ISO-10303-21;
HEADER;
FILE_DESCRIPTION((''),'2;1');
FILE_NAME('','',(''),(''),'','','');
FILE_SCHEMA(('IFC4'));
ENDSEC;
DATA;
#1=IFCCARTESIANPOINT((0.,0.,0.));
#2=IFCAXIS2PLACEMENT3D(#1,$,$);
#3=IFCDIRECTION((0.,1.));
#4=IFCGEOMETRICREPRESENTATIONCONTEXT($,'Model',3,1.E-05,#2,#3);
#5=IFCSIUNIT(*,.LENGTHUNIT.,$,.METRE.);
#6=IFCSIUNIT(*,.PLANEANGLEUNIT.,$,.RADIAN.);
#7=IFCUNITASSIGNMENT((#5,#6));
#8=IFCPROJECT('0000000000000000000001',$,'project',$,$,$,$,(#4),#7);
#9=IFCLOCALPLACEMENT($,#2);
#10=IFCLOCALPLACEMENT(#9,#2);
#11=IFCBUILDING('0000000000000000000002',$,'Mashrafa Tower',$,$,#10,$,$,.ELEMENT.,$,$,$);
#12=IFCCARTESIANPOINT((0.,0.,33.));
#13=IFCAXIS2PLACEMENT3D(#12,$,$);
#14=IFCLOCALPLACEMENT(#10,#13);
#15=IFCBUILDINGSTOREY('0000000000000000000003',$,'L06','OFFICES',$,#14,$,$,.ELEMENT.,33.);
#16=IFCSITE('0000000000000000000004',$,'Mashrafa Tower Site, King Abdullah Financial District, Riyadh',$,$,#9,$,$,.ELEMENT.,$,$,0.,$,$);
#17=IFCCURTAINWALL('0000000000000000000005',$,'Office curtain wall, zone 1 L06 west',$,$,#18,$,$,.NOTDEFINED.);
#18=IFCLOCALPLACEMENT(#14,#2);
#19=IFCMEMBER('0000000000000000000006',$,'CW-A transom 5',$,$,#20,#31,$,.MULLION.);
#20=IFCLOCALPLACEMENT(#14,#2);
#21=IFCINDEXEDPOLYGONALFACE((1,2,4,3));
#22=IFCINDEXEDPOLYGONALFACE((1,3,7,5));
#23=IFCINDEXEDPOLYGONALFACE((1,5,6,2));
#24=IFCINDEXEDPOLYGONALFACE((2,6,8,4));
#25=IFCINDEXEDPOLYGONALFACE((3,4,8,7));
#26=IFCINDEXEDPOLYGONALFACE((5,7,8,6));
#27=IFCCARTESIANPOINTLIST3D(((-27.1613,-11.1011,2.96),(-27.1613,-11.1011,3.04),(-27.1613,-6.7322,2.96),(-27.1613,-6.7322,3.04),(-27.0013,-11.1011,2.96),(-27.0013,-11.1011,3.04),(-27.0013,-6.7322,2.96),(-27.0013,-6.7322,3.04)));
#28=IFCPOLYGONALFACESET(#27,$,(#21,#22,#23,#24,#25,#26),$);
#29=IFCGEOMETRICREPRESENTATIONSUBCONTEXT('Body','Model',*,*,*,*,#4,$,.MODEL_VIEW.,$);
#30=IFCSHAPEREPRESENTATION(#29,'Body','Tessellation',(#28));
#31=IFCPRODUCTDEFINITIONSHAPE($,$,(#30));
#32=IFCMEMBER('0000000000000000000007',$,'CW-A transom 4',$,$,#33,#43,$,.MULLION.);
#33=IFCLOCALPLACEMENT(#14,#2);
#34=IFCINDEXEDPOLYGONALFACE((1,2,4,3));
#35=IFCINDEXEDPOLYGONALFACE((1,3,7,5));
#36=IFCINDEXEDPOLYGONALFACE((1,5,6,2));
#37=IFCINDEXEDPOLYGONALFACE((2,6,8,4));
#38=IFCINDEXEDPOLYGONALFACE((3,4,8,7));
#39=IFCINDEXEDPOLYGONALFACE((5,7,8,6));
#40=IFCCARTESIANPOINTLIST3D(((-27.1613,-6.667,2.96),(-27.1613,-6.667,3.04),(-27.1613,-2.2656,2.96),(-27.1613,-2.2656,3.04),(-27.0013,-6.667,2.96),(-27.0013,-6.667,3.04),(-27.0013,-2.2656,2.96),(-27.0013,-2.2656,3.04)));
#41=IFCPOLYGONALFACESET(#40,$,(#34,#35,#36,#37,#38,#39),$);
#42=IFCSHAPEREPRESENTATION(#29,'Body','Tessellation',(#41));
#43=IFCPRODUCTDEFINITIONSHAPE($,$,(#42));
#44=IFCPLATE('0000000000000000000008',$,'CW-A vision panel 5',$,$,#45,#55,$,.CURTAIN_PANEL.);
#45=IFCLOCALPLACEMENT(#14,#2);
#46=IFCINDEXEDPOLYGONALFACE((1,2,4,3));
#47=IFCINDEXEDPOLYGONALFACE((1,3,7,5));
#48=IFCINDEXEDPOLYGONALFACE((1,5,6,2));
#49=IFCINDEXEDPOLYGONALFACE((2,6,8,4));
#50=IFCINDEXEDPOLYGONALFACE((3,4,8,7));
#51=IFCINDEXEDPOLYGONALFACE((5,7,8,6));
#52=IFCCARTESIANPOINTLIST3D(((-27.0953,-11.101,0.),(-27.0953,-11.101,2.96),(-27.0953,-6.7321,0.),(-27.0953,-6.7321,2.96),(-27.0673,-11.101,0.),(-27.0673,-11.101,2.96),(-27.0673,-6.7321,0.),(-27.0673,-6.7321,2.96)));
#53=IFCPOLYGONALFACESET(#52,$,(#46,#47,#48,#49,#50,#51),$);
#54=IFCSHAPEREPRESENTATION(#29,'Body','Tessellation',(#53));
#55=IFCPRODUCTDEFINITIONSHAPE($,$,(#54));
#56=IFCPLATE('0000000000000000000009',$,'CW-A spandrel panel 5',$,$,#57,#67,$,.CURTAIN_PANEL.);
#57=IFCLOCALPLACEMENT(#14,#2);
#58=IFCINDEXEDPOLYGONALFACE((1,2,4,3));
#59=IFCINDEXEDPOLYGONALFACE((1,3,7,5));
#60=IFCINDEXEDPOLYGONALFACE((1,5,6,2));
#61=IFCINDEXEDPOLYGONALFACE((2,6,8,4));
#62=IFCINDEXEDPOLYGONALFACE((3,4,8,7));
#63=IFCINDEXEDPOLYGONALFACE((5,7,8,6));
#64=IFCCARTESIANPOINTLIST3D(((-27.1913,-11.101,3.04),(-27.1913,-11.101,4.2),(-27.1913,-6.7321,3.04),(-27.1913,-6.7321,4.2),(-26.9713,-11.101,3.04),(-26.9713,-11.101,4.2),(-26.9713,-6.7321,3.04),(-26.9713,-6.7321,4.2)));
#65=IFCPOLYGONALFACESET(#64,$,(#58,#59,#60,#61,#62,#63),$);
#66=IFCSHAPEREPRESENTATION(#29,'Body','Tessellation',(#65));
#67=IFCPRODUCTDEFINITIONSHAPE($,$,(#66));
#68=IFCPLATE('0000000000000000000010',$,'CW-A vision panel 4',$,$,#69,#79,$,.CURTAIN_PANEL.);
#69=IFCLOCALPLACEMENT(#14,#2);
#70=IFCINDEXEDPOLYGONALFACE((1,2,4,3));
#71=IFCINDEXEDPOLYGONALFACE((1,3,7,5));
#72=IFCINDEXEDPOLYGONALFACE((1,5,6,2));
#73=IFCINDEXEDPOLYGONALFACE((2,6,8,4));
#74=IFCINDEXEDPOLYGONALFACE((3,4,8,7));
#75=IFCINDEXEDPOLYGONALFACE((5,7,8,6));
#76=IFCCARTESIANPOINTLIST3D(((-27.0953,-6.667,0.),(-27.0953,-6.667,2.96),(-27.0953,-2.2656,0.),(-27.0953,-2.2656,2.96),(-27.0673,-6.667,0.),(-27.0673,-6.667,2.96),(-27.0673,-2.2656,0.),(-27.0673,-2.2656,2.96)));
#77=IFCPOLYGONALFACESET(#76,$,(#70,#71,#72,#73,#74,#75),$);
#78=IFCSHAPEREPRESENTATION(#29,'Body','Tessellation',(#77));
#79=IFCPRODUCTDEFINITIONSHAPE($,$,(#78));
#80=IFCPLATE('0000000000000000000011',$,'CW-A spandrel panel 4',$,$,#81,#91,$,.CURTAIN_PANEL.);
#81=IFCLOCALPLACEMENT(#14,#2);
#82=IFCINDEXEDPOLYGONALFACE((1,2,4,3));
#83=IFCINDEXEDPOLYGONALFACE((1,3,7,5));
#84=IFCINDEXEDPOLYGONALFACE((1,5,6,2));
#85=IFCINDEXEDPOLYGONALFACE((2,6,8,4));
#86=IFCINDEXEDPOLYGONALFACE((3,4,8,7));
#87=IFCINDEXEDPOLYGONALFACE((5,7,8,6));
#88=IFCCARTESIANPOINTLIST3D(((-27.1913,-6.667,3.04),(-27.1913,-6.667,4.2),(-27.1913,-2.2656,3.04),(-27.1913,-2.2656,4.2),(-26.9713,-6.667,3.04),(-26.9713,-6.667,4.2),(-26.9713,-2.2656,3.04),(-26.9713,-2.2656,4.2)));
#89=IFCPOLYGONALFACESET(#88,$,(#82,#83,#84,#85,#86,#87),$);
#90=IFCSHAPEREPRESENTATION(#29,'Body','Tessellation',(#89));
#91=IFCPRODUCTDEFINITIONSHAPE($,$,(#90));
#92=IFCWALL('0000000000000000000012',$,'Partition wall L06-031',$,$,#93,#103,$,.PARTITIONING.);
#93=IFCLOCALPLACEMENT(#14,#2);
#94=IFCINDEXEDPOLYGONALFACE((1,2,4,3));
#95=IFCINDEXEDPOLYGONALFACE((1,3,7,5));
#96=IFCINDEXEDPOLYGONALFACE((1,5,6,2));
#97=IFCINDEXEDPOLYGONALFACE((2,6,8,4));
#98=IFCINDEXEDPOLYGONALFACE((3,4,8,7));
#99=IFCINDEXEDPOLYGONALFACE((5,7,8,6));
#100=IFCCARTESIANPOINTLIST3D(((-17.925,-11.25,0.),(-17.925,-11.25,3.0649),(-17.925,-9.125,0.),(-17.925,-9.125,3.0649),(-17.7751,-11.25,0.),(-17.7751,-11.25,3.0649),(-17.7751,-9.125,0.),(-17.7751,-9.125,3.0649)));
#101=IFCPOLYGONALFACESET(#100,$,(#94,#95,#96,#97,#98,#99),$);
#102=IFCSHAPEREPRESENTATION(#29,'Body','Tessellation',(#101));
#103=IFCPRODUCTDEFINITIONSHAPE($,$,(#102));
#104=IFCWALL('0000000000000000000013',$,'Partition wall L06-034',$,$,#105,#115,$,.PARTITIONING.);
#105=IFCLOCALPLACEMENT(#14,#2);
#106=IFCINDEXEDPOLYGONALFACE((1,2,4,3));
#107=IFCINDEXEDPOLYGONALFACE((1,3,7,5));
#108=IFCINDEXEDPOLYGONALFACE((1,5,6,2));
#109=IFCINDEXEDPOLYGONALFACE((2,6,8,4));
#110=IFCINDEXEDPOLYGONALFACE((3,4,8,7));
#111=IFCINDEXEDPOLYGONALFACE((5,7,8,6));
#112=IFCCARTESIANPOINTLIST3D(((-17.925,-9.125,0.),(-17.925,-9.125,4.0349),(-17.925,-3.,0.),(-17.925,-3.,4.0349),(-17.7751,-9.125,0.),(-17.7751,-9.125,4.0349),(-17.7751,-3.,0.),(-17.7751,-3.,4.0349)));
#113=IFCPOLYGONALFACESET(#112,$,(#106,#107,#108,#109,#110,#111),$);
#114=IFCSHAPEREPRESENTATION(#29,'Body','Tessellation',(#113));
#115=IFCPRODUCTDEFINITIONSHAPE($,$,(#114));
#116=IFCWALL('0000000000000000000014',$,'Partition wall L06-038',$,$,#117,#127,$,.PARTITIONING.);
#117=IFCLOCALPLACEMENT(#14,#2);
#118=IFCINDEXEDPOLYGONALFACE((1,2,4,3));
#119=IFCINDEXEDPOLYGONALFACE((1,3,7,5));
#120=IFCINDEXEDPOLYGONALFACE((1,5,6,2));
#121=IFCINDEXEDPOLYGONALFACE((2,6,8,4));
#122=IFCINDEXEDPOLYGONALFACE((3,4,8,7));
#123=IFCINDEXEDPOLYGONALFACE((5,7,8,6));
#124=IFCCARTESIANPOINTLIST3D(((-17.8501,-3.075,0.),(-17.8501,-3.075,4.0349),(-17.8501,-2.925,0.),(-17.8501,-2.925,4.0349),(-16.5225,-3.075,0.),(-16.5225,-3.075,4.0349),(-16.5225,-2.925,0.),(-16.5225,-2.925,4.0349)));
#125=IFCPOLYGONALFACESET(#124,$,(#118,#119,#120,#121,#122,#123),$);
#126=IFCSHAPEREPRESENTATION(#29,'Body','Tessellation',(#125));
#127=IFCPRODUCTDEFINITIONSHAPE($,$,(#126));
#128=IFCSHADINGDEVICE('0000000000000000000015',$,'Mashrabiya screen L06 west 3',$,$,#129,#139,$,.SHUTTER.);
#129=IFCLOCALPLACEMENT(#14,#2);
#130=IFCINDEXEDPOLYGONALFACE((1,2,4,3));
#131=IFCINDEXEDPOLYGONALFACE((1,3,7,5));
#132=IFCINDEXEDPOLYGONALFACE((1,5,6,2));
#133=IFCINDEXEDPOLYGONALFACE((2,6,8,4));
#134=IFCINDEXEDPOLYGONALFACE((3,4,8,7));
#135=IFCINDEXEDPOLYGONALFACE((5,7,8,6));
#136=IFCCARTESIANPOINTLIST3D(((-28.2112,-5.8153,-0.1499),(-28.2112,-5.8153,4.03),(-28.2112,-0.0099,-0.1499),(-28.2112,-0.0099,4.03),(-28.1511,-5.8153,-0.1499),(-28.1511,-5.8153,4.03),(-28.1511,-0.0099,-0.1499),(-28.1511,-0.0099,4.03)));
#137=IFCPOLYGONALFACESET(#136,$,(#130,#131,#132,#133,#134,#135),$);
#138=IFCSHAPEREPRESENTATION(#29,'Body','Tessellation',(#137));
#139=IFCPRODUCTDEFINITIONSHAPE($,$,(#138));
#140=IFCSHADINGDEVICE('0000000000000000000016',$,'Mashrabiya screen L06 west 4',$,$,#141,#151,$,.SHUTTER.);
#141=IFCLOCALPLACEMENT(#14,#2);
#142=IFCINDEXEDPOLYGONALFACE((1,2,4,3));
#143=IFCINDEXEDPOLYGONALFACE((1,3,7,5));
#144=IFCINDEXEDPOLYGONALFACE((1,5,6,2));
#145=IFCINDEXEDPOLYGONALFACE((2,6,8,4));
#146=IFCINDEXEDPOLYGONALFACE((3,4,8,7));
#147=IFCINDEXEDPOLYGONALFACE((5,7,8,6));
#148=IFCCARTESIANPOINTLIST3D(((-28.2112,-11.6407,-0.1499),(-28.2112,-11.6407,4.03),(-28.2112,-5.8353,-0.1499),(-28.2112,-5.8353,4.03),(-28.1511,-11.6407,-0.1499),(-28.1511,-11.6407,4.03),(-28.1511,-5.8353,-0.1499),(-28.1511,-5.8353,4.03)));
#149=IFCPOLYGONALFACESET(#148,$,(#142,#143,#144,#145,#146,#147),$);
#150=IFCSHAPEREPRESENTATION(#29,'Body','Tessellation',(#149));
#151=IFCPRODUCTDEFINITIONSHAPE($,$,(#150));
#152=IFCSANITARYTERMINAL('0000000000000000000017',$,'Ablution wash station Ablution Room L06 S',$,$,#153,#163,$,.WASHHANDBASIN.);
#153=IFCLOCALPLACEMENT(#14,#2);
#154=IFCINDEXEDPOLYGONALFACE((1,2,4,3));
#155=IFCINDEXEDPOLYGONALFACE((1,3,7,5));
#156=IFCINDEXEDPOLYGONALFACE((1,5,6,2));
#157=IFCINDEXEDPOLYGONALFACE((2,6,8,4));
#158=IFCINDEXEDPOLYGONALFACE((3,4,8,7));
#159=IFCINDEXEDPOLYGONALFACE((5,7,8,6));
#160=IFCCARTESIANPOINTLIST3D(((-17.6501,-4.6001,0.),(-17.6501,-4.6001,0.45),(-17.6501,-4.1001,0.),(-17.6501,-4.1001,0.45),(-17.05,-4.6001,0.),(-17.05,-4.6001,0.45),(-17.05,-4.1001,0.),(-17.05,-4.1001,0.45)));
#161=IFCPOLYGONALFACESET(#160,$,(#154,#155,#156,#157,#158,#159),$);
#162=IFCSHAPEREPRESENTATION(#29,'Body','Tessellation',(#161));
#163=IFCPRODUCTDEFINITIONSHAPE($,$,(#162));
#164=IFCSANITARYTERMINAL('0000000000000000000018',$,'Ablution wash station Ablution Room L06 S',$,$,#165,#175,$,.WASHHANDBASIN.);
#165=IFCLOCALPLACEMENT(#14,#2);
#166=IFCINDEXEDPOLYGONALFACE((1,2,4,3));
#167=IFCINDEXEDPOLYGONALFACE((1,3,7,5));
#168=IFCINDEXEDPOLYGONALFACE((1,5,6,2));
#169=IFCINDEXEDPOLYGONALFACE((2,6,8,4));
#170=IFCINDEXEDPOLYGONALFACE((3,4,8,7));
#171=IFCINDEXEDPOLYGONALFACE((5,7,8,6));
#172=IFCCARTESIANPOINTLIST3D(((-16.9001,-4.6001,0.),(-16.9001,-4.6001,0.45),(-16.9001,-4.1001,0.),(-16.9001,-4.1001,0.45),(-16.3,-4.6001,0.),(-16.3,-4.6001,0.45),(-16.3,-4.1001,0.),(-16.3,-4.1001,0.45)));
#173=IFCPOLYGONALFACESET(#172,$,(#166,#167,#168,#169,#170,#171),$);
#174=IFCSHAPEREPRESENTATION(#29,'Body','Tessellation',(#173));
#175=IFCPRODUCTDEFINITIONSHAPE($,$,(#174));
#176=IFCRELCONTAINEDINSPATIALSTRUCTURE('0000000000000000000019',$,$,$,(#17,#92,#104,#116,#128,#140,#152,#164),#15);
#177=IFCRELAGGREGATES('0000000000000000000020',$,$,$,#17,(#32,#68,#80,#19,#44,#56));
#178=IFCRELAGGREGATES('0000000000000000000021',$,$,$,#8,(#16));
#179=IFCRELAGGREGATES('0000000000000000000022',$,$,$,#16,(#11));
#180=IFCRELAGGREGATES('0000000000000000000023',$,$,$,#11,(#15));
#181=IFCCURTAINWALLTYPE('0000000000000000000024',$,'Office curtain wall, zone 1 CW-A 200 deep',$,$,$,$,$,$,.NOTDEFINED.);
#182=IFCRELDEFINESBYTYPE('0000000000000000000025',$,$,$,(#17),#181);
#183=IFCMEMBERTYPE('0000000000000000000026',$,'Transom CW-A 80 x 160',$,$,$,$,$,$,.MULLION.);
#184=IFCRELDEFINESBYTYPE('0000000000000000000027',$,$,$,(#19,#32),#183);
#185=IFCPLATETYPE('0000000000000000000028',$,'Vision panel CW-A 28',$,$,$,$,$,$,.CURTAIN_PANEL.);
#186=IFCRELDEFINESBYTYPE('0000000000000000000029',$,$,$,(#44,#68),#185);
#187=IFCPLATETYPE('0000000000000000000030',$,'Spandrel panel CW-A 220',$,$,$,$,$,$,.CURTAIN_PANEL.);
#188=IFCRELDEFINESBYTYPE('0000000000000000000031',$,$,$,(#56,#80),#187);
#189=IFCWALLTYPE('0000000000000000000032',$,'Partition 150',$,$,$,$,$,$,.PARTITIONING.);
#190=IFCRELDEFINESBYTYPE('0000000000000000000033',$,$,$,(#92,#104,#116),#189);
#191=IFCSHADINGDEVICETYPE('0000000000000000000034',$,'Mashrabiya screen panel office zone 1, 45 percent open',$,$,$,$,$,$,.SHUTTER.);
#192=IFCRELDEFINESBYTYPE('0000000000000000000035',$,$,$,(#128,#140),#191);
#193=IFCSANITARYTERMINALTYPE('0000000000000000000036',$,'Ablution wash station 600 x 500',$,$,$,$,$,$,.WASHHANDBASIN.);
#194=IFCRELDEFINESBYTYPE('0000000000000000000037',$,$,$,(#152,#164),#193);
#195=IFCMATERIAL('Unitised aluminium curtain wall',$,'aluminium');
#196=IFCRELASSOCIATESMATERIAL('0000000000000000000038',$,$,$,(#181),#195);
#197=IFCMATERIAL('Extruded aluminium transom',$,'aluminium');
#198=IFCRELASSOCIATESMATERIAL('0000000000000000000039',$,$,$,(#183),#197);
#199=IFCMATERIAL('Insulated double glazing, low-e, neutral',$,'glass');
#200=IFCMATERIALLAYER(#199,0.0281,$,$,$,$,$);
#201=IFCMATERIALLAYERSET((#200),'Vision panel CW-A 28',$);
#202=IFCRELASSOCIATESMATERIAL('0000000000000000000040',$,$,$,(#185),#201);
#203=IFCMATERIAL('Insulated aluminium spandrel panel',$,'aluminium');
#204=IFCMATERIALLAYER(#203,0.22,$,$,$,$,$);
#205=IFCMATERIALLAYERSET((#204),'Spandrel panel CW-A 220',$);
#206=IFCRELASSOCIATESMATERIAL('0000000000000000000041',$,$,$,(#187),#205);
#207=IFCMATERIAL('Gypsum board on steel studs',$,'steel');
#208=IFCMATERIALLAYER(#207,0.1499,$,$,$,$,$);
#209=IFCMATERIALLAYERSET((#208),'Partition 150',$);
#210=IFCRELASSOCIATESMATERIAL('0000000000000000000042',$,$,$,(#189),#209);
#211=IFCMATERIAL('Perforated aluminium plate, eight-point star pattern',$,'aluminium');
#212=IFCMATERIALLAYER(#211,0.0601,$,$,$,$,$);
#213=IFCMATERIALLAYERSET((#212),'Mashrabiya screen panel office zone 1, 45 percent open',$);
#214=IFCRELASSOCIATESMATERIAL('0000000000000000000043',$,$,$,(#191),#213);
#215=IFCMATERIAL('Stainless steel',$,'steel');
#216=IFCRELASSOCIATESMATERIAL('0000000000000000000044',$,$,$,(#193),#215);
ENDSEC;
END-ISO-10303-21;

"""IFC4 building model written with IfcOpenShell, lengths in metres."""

from ifc_helpers import new_model, si_unit, direction, frame, frame_2d, origin, origin_2d, place, context, subcontext, project, spatial, rectangle, extrude, source, transform, mapped, material, layer, layer_set, material_profile, profile_set, type_object, type_shapes, element, aggregate, save


model = new_model("IFC4")

# Units and contexts
model_context = context("Model", 3, precision=1e-05, world=origin(), true_north=direction((0.0, 1.0)))
body_context = subcontext(model_context, "Body", "Model", "MODEL_VIEW")
ifc_project = project(units=[si_unit("LENGTHUNIT", "METRE"), si_unit("PLANEANGLEUNIT", "RADIAN")], contexts=[model_context])

# Site, building, storey
site_placement = place(None, origin())
site = spatial("IfcSite", under=ifc_project, at=site_placement, Name="Mashrafa Tower Site, King Abdullah Financial District, Riyadh", CompositionType="ELEMENT", RefElevation=0.0)
building_placement = place(site_placement, origin())
building = spatial("IfcBuilding", under=site, at=building_placement, Name="Mashrafa Tower", CompositionType="ELEMENT")
storey_placement = place(building_placement, frame((0.0, 0.0, 33.0)))
storey = spatial("IfcBuildingStorey", under=building, at=storey_placement, Name="L06", Description="OFFICES", CompositionType="ELEMENT", Elevation=33.0)

# Curtain wall, members, plates
ifc_material_1 = material(Name="Unitised aluminium curtain wall", Category="aluminium")
curtain_wall_type = type_object("IfcCurtainWallType", Name="Office curtain wall, zone 1 CW-A 200 deep", PredefinedType="NOTDEFINED", material=ifc_material_1)
curtain_wall_placement = place(storey_placement, origin())
curtain_wall = element("IfcCurtainWall", 1, at=curtain_wall_placement, inside=storey, type_object=curtain_wall_type, Name="Office curtain wall, zone 1 L06 west", PredefinedType="NOTDEFINED")
ifc_material_2 = material(Name="Extruded aluminium transom", Category="aluminium")
ifc_material_profile_1 = material_profile(ifc_material_2, rectangle(XDim=0.1599, YDim=0.0801, at=origin_2d()), Name="Transom 80x160")
ifc_profile_set_1 = profile_set([ifc_material_profile_1], Name="Extruded aluminium transom")
member_type_1 = type_object("IfcMemberType", Name="Transom CW-A 80 x 160", PredefinedType="MULLION", material=ifc_profile_set_1)
shared_shape_1 = source(origin(), body_context, "Body", "SweptSolid", [
    extrude(rectangle(XDim=0.1599, YDim=0.0801, at=origin_2d()), origin(), (0.0, 0.0, 1.0), 4.3689),
])
member_1_placement = place(storey_placement, frame((-27.0813, -6.7322, 3.0), z_axis=(0.0, -1.0, 0.0), x_axis=(1.0, 0.0, 0.0)))
member_1 = element("IfcMember", 2, at=member_1_placement, type_object=member_type_1, Name="CW-A transom 5", PredefinedType="MULLION", context=body_context, shape_type="MappedRepresentation", body=[
    mapped(shared_shape_1, transform((0.0, 0.0, 0.0))),
])
shared_shape_2 = source(origin(), body_context, "Body", "SweptSolid", [
    extrude(rectangle(XDim=0.1599, YDim=0.0801, at=origin_2d()), origin(), (0.0, 0.0, 1.0), 4.4014),
])
type_shapes(member_type_1, [shared_shape_1, shared_shape_2])
member_2_placement = place(storey_placement, frame((-27.0813, -2.2656, 3.0), z_axis=(0.0, -1.0, 0.0), x_axis=(1.0, 0.0, 0.0)))
member_2 = element("IfcMember", 3, at=member_2_placement, type_object=member_type_1, Name="CW-A transom 4", PredefinedType="MULLION", context=body_context, shape_type="MappedRepresentation", body=[
    mapped(shared_shape_2, transform((0.0, 0.0, 0.0))),
])
ifc_material_3 = material(Name="Insulated double glazing, low-e, neutral", Category="glass")
ifc_layer_1 = layer(ifc_material_3, 0.0281)
ifc_layer_set_1 = layer_set([ifc_layer_1], Name="Vision panel CW-A 28")
plate_type_1 = type_object("IfcPlateType", Name="Vision panel CW-A 28", PredefinedType="CURTAIN_PANEL", material=ifc_layer_set_1)
shared_shape_3 = source(origin(), body_context, "Body", "SweptSolid", [
    extrude(rectangle(XDim=4.3689, YDim=0.0281, at=origin_2d()), origin(), (0.0, 0.0, 1.0), 2.96),
])
plate_1_placement = place(storey_placement, frame((-27.0813, -8.9165, 0.0), z_axis=(0.0, 0.0, 1.0), x_axis=(0.0, -1.0, 0.0)))
plate_1 = element("IfcPlate", 4, at=plate_1_placement, type_object=plate_type_1, Name="CW-A vision panel 5", PredefinedType="CURTAIN_PANEL", context=body_context, shape_type="MappedRepresentation", body=[
    mapped(shared_shape_3, transform((0.0, 0.0, 0.0))),
])
ifc_material_4 = material(Name="Insulated aluminium spandrel panel", Category="aluminium")
ifc_layer_2 = layer(ifc_material_4, 0.22)
ifc_layer_set_2 = layer_set([ifc_layer_2], Name="Spandrel panel CW-A 220")
plate_type_2 = type_object("IfcPlateType", Name="Spandrel panel CW-A 220", PredefinedType="CURTAIN_PANEL", material=ifc_layer_set_2)
shared_shape_4 = source(origin(), body_context, "Body", "SweptSolid", [
    extrude(rectangle(XDim=4.3689, YDim=0.22, at=origin_2d()), origin(), (0.0, 0.0, 1.0), 1.1599),
])
plate_2_placement = place(storey_placement, frame((-27.0813, -8.9165, 3.04), z_axis=(0.0, 0.0, 1.0), x_axis=(0.0, -1.0, 0.0)))
plate_2 = element("IfcPlate", 5, at=plate_2_placement, type_object=plate_type_2, Name="CW-A spandrel panel 5", PredefinedType="CURTAIN_PANEL", context=body_context, shape_type="MappedRepresentation", body=[
    mapped(shared_shape_4, transform((0.0, 0.0, 0.0))),
])
shared_shape_5 = source(origin(), body_context, "Body", "SweptSolid", [
    extrude(rectangle(XDim=4.4014, YDim=0.0281, at=origin_2d()), origin(), (0.0, 0.0, 1.0), 2.96),
])
type_shapes(plate_type_1, [shared_shape_3, shared_shape_5])
plate_3_placement = place(storey_placement, frame((-27.0813, -4.4663, 0.0), z_axis=(0.0, 0.0, 1.0), x_axis=(0.0, -1.0, 0.0)))
plate_3 = element("IfcPlate", 6, at=plate_3_placement, type_object=plate_type_1, Name="CW-A vision panel 4", PredefinedType="CURTAIN_PANEL", context=body_context, shape_type="MappedRepresentation", body=[
    mapped(shared_shape_5, transform((0.0, 0.0, 0.0))),
])
shared_shape_6 = source(origin(), body_context, "Body", "SweptSolid", [
    extrude(rectangle(XDim=4.4014, YDim=0.22, at=origin_2d()), origin(), (0.0, 0.0, 1.0), 1.1599),
])
type_shapes(plate_type_2, [shared_shape_4, shared_shape_6])
plate_4_placement = place(storey_placement, frame((-27.0813, -4.4663, 3.04), z_axis=(0.0, 0.0, 1.0), x_axis=(0.0, -1.0, 0.0)))
plate_4 = element("IfcPlate", 7, at=plate_4_placement, type_object=plate_type_2, Name="CW-A spandrel panel 4", PredefinedType="CURTAIN_PANEL", context=body_context, shape_type="MappedRepresentation", body=[
    mapped(shared_shape_6, transform((0.0, 0.0, 0.0))),
])
aggregate(curtain_wall, [member_2, plate_3, plate_4, member_1, plate_1, plate_2])

# Walls
ifc_material_5 = material(Name="Gypsum board on steel studs", Category="steel")
ifc_layer_3 = layer(ifc_material_5, 0.1499)
ifc_layer_set_3 = layer_set([ifc_layer_3], Name="Partition 150")
wall_type = type_object("IfcWallType", Name="Partition 150", PredefinedType="PARTITIONING", material=ifc_layer_set_3)
wall_1_placement = place(storey_placement, frame((-17.8501, -9.125, 0.0), z_axis=(0.0, 0.0, 1.0), x_axis=(0.0, -1.0, 0.0)))
element("IfcWall", 8, at=wall_1_placement, inside=storey, type_object=wall_type, Name="Partition wall L06-031", PredefinedType="PARTITIONING", context=body_context, shape_type="SweptSolid", body=[
    extrude(rectangle(XDim=2.125, YDim=0.1499, at=frame_2d((1.0625, 0.0))), origin(), (0.0, 0.0, 1.0), 3.0649),
])
wall_2_placement = place(storey_placement, frame((-17.8501, -9.125, 0.0), z_axis=(0.0, 0.0, 1.0), x_axis=(0.0, 1.0, 0.0)))
element("IfcWall", 9, at=wall_2_placement, inside=storey, type_object=wall_type, Name="Partition wall L06-034", PredefinedType="PARTITIONING", context=body_context, shape_type="SweptSolid", body=[
    extrude(rectangle(XDim=6.125, YDim=0.1499, at=frame_2d((3.0625, 0.0))), origin(), (0.0, 0.0, 1.0), 4.0349),
])
wall_3_placement = place(storey_placement, frame((-16.5225, -3.0, 0.0), z_axis=(0.0, 0.0, 1.0), x_axis=(-1.0, 0.0, 0.0)))
element("IfcWall", 10, at=wall_3_placement, inside=storey, type_object=wall_type, Name="Partition wall L06-038", PredefinedType="PARTITIONING", context=body_context, shape_type="SweptSolid", body=[
    extrude(rectangle(XDim=1.3276, YDim=0.1499, at=frame_2d((0.6638, 0.0))), origin(), (0.0, 0.0, 1.0), 4.0349),
])

# Shading devices
ifc_material_6 = material(Name="Perforated aluminium plate, eight-point star pattern", Category="aluminium")
ifc_layer_4 = layer(ifc_material_6, 0.0601)
ifc_layer_set_4 = layer_set([ifc_layer_4], Name="Mashrabiya screen panel office zone 1, 45 percent open")
shading_device_type = type_object("IfcShadingDeviceType", Name="Mashrabiya screen panel office zone 1, 45 percent open", PredefinedType="SHUTTER", material=ifc_layer_set_4)
shared_shape_7 = source(origin(), body_context, "Body", "SweptSolid", [
    extrude(rectangle(XDim=5.8054, YDim=0.0601, at=origin_2d()), origin(), (0.0, 0.0, 1.0), 4.1799),
])
type_shapes(shading_device_type, [shared_shape_7])
for number, where, z_axis, x_axis, name in (
    (11, (-28.1812, -2.9126, -0.1499), (0.0, 0.0, 1.0), (0.0, -1.0, 0.0), "Mashrabiya screen L06 west 3"),
    (12, (-28.1812, -8.738, -0.1499), (0.0, 0.0, 1.0), (0.0, -1.0, 0.0), "Mashrabiya screen L06 west 4"),
):
    element("IfcShadingDevice", number, at=place(storey_placement, frame(where, z_axis=z_axis, x_axis=x_axis)), inside=storey, type_object=shading_device_type, Name=name, PredefinedType="SHUTTER", context=body_context, shape_type="MappedRepresentation", body=[
        mapped(shared_shape_7, transform((0.0, 0.0, 0.0))),
    ])

# Sanitary terminals
ifc_material_7 = material(Name="Stainless steel", Category="steel")
sanitary_terminal_type_1 = type_object("IfcSanitaryTerminalType", Name="Ablution wash station 600 x 500", PredefinedType="WASHHANDBASIN", material=ifc_material_7)
for number, where, z_axis, x_axis, name in (
    (13, (-17.3501, -4.3501, 0.0), (0.0, 0.0, 1.0), (1.0, 0.0, 0.0), "Ablution wash station Ablution Room L06 S"),
    (14, (-16.6001, -4.3501, 0.0), (0.0, 0.0, 1.0), (1.0, 0.0, 0.0), "Ablution wash station Ablution Room L06 S"),
):
    element("IfcSanitaryTerminal", number, at=place(storey_placement, frame(where, z_axis=z_axis, x_axis=x_axis)), inside=storey, type_object=sanitary_terminal_type_1, Name=name, PredefinedType="WASHHANDBASIN", context=body_context, shape_type="SweptSolid", body=[
        extrude(rectangle(XDim=0.6001, YDim=0.5, at=origin_2d()), origin(), (0.0, 0.0, 1.0), 0.45),
    ])

save(model, "model.ifc")
